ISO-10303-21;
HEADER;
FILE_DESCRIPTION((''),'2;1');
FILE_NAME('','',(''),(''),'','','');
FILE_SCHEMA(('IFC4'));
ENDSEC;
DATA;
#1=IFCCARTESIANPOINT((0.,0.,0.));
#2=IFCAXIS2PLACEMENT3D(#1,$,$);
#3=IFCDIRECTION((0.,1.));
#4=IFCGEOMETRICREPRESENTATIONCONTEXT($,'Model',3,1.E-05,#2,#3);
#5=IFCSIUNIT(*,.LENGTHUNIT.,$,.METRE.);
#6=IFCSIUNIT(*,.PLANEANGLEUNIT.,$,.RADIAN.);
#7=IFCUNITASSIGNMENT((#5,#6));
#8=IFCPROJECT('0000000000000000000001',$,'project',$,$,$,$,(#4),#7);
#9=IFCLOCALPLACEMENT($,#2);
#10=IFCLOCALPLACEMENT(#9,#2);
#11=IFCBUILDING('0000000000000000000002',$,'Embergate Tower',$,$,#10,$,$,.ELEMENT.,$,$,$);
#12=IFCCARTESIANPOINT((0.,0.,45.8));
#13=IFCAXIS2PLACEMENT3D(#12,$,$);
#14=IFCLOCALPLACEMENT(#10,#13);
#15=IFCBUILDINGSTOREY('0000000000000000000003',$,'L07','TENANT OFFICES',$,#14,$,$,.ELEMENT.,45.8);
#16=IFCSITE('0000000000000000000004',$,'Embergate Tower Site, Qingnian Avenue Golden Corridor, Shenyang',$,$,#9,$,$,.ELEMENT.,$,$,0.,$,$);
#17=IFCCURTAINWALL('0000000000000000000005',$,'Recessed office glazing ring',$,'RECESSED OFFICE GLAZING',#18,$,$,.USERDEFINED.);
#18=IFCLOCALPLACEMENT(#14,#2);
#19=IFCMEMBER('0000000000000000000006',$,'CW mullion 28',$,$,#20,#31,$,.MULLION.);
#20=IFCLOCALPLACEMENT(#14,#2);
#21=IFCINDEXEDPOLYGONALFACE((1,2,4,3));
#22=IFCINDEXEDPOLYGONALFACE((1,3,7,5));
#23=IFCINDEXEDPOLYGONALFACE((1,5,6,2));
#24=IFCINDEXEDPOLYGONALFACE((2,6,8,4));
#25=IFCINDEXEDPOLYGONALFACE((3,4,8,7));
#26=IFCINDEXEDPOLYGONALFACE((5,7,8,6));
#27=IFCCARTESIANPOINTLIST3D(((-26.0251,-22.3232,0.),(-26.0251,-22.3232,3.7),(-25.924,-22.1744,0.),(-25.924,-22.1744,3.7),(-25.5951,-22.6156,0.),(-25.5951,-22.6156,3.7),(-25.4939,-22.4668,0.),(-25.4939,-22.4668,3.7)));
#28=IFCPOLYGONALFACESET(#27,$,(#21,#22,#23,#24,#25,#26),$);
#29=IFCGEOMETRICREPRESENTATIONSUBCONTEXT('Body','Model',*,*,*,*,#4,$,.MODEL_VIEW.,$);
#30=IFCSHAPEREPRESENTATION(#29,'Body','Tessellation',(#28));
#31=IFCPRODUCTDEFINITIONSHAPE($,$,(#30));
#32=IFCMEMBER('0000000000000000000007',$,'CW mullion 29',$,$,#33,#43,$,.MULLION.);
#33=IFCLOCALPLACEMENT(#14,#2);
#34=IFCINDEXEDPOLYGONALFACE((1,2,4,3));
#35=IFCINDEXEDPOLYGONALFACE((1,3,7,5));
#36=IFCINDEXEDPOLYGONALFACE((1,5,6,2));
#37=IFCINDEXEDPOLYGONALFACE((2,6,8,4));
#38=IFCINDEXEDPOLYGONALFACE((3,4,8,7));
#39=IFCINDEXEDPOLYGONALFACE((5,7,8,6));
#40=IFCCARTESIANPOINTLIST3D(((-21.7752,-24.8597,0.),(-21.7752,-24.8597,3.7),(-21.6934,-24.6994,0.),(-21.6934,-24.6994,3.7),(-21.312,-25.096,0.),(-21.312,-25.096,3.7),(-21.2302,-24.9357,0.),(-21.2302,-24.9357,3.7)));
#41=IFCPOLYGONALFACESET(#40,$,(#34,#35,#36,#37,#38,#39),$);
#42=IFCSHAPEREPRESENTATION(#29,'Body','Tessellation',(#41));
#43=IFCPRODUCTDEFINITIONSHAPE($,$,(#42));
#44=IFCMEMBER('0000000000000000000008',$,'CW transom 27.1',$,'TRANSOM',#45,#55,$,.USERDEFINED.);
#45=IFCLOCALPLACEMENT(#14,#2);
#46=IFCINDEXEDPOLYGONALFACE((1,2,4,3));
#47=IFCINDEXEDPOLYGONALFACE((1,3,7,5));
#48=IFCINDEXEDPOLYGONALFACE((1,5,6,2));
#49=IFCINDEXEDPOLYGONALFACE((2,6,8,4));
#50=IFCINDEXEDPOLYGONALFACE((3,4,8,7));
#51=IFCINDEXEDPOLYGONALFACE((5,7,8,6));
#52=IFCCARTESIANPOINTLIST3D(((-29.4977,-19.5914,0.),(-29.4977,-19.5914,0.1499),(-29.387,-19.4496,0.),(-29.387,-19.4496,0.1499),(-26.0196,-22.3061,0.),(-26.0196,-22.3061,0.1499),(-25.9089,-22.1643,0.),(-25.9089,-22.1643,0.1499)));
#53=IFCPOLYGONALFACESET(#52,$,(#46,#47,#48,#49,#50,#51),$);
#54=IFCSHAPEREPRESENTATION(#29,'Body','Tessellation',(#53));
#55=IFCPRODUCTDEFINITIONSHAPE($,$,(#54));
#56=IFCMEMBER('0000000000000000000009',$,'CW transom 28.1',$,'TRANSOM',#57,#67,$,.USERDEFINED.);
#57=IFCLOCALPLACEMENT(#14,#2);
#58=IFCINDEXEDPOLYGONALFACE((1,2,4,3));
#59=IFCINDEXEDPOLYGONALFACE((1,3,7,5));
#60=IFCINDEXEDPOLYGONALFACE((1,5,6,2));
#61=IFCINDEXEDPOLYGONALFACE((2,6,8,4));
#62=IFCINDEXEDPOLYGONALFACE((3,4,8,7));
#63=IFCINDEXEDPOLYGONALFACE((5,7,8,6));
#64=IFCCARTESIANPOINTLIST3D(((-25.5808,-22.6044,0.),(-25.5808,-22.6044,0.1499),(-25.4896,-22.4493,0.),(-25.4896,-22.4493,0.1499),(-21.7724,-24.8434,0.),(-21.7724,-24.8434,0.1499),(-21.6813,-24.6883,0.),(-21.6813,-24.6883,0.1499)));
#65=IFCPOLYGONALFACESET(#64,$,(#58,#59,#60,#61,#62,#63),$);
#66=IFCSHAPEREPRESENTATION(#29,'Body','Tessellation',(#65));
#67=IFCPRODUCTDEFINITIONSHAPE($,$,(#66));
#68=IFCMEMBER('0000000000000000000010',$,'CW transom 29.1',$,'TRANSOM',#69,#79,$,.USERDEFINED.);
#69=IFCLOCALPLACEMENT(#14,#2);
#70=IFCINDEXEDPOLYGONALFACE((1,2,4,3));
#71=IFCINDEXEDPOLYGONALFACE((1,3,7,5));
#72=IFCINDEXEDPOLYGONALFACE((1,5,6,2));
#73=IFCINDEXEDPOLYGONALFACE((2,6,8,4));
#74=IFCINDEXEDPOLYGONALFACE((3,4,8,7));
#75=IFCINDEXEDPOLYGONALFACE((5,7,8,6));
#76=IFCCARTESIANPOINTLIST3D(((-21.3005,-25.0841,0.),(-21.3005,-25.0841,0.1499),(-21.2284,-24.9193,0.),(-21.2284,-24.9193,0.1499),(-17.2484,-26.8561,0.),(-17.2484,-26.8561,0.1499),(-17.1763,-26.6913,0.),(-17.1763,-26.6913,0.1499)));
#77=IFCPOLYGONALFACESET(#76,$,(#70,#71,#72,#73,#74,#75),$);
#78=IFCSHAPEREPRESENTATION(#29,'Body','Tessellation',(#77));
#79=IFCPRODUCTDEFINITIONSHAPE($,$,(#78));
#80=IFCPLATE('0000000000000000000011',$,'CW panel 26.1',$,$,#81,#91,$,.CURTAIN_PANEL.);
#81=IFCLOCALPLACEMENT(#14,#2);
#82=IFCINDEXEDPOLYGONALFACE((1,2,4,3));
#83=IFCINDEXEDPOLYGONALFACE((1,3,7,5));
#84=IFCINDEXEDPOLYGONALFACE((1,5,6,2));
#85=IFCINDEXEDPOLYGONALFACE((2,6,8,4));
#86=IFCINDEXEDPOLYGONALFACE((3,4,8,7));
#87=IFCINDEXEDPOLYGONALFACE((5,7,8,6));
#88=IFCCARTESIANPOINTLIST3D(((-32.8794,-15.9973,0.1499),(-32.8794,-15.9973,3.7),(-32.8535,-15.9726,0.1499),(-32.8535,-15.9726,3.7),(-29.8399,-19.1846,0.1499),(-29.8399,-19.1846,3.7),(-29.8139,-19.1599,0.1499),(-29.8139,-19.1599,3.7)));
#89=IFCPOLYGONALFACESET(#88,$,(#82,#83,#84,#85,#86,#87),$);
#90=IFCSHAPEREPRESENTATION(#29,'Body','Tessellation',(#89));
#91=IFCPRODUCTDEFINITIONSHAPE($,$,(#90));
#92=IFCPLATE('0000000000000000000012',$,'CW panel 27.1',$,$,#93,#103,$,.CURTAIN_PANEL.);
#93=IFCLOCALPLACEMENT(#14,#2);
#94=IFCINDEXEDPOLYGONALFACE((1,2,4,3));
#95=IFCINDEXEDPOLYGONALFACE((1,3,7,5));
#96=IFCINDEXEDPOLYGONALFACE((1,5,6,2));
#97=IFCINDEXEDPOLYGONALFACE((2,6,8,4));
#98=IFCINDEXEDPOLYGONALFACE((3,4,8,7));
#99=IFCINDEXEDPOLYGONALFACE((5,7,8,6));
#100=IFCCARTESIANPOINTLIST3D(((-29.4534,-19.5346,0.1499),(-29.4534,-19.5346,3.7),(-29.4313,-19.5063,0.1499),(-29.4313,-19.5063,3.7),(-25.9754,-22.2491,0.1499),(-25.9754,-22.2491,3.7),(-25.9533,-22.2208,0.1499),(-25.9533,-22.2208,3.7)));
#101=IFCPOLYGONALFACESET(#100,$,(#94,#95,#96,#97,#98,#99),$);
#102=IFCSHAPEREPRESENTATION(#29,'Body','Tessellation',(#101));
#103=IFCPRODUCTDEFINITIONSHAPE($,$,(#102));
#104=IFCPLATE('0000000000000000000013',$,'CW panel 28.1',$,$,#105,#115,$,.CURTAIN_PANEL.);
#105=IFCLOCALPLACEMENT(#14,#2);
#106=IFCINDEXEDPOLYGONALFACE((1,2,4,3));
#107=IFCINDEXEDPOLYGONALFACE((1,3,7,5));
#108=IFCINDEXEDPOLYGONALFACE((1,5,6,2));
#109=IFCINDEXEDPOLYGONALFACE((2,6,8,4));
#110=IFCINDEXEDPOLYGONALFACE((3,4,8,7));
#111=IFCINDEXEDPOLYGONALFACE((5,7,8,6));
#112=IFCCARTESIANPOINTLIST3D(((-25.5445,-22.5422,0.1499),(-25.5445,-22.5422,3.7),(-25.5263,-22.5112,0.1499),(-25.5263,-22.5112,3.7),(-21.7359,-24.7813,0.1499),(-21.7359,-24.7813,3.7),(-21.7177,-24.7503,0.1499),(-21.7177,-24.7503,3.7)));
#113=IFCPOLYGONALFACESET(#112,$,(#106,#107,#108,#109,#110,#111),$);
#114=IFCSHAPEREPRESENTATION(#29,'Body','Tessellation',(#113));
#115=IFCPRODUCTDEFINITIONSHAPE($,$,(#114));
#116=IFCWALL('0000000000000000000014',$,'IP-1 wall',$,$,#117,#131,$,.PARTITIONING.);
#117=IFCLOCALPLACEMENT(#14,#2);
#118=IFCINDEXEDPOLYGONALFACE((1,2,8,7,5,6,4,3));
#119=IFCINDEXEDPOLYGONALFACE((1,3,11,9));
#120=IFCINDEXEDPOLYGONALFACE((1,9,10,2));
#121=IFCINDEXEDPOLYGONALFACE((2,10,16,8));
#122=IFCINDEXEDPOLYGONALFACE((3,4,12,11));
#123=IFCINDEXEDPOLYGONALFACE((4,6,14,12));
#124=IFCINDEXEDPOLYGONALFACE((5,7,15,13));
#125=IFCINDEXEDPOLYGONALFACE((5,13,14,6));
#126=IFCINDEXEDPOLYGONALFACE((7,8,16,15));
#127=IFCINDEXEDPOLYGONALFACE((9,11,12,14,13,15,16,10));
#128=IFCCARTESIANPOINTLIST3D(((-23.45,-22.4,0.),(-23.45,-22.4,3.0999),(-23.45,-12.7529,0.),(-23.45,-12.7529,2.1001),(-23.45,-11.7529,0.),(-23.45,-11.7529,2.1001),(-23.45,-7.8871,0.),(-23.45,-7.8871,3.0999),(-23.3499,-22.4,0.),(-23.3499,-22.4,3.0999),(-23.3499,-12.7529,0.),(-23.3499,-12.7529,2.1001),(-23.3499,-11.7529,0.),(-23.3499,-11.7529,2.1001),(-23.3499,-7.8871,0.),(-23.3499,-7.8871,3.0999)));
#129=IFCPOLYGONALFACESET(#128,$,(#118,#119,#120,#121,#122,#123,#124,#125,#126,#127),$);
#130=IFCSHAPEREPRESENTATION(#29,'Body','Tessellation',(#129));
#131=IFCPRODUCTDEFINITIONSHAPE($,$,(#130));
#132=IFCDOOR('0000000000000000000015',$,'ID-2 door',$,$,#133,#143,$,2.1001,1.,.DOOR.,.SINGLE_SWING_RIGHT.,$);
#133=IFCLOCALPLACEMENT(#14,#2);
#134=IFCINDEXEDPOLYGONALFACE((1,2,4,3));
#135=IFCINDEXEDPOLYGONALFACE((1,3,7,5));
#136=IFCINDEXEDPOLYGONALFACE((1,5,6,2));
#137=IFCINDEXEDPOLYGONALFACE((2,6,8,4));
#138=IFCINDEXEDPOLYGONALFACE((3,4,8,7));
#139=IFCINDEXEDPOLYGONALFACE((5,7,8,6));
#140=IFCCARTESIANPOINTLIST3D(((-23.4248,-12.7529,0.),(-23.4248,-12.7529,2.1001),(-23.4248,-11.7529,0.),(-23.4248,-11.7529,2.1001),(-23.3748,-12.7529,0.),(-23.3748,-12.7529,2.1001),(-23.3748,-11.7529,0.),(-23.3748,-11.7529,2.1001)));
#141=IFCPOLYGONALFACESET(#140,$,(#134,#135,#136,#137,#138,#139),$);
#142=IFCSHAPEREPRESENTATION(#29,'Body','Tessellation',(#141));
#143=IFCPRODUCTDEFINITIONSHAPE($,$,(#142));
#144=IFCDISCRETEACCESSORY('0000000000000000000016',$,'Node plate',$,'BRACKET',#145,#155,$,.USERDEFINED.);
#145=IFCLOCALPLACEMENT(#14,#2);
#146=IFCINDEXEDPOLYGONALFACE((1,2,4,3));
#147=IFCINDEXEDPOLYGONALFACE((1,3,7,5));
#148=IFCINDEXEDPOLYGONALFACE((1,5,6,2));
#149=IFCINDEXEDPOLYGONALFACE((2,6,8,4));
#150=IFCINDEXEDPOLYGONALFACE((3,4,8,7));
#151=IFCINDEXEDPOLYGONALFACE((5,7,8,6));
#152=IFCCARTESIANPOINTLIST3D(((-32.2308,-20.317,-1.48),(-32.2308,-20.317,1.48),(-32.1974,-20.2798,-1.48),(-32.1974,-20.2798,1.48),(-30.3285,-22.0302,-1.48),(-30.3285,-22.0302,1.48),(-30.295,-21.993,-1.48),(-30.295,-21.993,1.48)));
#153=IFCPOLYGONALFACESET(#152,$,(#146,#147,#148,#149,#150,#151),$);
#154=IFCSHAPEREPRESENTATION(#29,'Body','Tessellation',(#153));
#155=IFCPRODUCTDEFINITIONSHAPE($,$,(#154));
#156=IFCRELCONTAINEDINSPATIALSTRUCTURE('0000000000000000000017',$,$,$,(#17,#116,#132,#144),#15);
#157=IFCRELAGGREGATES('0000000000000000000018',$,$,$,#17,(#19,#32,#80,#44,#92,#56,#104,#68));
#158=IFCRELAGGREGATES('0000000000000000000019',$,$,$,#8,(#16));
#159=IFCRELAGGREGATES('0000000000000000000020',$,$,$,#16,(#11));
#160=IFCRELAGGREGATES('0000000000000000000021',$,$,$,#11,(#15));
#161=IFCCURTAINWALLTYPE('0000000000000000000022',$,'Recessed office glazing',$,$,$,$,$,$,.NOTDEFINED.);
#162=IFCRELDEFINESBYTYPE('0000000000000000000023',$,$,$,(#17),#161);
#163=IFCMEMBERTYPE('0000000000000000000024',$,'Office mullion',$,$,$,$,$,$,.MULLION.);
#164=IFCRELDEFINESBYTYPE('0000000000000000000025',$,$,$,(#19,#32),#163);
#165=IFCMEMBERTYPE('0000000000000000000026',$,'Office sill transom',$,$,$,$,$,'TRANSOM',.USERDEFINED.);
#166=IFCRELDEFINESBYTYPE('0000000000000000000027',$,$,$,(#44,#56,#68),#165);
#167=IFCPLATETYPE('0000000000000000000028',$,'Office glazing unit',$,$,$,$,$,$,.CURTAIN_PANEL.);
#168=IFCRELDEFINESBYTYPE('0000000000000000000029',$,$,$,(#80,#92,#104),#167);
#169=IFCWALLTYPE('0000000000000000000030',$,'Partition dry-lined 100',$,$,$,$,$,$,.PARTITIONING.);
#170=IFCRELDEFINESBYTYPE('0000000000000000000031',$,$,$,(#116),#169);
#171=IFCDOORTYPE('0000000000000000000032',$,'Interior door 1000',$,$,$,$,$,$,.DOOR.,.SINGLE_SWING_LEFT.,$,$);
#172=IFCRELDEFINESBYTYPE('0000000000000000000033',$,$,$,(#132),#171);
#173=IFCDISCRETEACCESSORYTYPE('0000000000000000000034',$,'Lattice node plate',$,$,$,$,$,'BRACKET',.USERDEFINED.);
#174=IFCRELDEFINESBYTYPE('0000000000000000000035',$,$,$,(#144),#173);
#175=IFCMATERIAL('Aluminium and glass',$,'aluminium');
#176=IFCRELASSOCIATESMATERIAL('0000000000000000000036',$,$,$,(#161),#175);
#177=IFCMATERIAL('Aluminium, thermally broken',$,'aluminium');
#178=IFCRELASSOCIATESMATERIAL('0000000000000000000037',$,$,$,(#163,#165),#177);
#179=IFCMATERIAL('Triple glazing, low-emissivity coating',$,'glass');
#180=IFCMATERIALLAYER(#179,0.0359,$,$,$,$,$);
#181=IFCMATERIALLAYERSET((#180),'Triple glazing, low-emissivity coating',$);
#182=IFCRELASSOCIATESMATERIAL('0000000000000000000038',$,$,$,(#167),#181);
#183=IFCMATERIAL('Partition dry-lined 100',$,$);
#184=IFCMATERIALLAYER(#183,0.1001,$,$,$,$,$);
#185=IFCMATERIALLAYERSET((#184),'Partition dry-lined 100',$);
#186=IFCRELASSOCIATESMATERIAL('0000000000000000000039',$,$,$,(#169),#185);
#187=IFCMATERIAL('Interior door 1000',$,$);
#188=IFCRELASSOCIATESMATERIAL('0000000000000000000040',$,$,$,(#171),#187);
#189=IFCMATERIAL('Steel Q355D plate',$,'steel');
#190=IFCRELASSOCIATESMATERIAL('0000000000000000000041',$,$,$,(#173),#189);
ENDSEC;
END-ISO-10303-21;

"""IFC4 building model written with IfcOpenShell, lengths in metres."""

from ifc_helpers import new_model, si_unit, direction, frame, frame_2d, origin, origin_2d, place, context, subcontext, project, spatial, rectangle, extrude, source, transform, mapped, material, layer, layer_set, material_profile, profile_set, type_object, element, fill, aggregate, save


model = new_model("IFC4")

# Units and contexts
model_context = context("Model", 3, precision=1e-05, world=origin(), true_north=direction((0.0, 1.0)))
body_context = subcontext(model_context, "Body", "Model", "MODEL_VIEW")
ifc_project = project(units=[si_unit("LENGTHUNIT", "METRE"), si_unit("PLANEANGLEUNIT", "RADIAN")], contexts=[model_context])

# Site, building, storey
site_placement = place(None, origin())
site = spatial("IfcSite", under=ifc_project, at=site_placement, Name="Embergate Tower Site, Qingnian Avenue Golden Corridor, Shenyang", CompositionType="ELEMENT", RefElevation=0.0)
building_placement = place(site_placement, origin())
building = spatial("IfcBuilding", under=site, at=building_placement, Name="Embergate Tower", CompositionType="ELEMENT")
storey_placement = place(building_placement, frame((0.0, 0.0, 45.8)))
storey = spatial("IfcBuildingStorey", under=building, at=storey_placement, Name="L07", Description="TENANT OFFICES", CompositionType="ELEMENT", Elevation=45.8)

# Curtain wall, members, plates
ifc_material_1 = material(Name="Aluminium and glass", Category="aluminium")
curtain_wall_type = type_object("IfcCurtainWallType", Name="Recessed office glazing", PredefinedType="NOTDEFINED", material=ifc_material_1)
curtain_wall_placement = place(storey_placement, origin())
curtain_wall = element("IfcCurtainWall", 1, at=curtain_wall_placement, inside=storey, type_object=curtain_wall_type, Name="Recessed office glazing ring", ObjectType="RECESSED OFFICE GLAZING", PredefinedType="USERDEFINED")
ifc_material_2 = material(Name="Aluminium, thermally broken", Category="aluminium")
ifc_material_profile_1 = material_profile(ifc_material_2, rectangle(XDim=0.1799, YDim=0.52, at=origin_2d()), Name="AL 520x180")
ifc_profile_set_1 = profile_set([ifc_material_profile_1], Name="Aluminium, thermally broken")
member_type_1 = type_object("IfcMemberType", Name="Office mullion", PredefinedType="MULLION", material=ifc_profile_set_1)
shared_shape_1 = source(origin(), body_context, "Body", "SweptSolid", [
    extrude(rectangle(XDim=0.1799, YDim=0.52, at=origin_2d()), origin(), (0.0, 0.0, 1.0), 3.7),
])
member_1_placement = place(storey_placement, frame((-25.7595, -22.395, 0.0), z_axis=(0.0, 0.0, 1.0), x_axis=(0.562218, 0.826989, 0.0)))
member_1 = element("IfcMember", 2, at=member_1_placement, type_object=member_type_1, Name="CW mullion 28", PredefinedType="MULLION", context=body_context, shape_type="MappedRepresentation", body=[
    mapped(shared_shape_1, transform((0.0, 0.0, 0.0))),
])
member_2_placement = place(storey_placement, frame((-21.5027, -24.8977, 0.0), z_axis=(0.0, 0.0, 1.0), x_axis=(0.454511, 0.890741, 0.0)))
member_2 = element("IfcMember", 3, at=member_2_placement, type_object=member_type_1, Name="CW mullion 29", PredefinedType="MULLION", context=body_context, shape_type="MappedRepresentation", body=[
    mapped(shared_shape_1, transform((0.0, 0.0, 0.0))),
])
ifc_material_profile_2 = material_profile(ifc_material_2, rectangle(XDim=0.1799, YDim=0.1499, at=origin_2d()), Name="AL 150x180")
ifc_profile_set_2 = profile_set([ifc_material_profile_2], Name="Aluminium, thermally broken")
member_type_2 = type_object("IfcMemberType", Name="Office sill transom", ElementType="TRANSOM", PredefinedType="USERDEFINED", material=ifc_profile_set_2)
shared_shape_2 = source(origin(), body_context, "Body", "SweptSolid", [
    extrude(rectangle(XDim=0.1799, YDim=0.1499, at=origin_2d()), origin(), (0.0, 0.0, 1.0), 4.4121),
])
member_3_placement = place(storey_placement, frame((-29.4424, -19.5205, 0.075), z_axis=(0.788311, -0.615277, 0.0), x_axis=(0.615277, 0.788311, 0.0)))
member_3 = element("IfcMember", 4, at=member_3_placement, type_object=member_type_2, Name="CW transom 27.1", ObjectType="TRANSOM", PredefinedType="USERDEFINED", context=body_context, shape_type="MappedRepresentation", body=[
    mapped(shared_shape_2, transform((0.0, 0.0, 0.0))),
])
shared_shape_3 = source(origin(), body_context, "Body", "SweptSolid", [
    extrude(rectangle(XDim=0.1799, YDim=0.1499, at=origin_2d()), origin(), (0.0, 0.0, 1.0), 4.4177),
])
member_4_placement = place(storey_placement, frame((-25.5352, -22.5269, 0.075), z_axis=(0.862052, -0.50682, 0.0), x_axis=(0.50682, 0.862052, 0.0)))
member_4 = element("IfcMember", 5, at=member_4_placement, type_object=member_type_2, Name="CW transom 28.1", ObjectType="TRANSOM", PredefinedType="USERDEFINED", context=body_context, shape_type="MappedRepresentation", body=[
    mapped(shared_shape_3, transform((0.0, 0.0, 0.0))),
])
shared_shape_4 = source(origin(), body_context, "Body", "SweptSolid", [
    extrude(rectangle(XDim=0.1799, YDim=0.1499, at=origin_2d()), origin(), (0.0, 0.0, 1.0), 4.4226),
])
member_5_placement = place(storey_placement, frame((-21.2644, -25.0017, 0.075), z_axis=(0.916222, -0.400671, 0.0), x_axis=(0.400671, 0.916222, 0.0)))
member_5 = element("IfcMember", 6, at=member_5_placement, type_object=member_type_2, Name="CW transom 29.1", ObjectType="TRANSOM", PredefinedType="USERDEFINED", context=body_context, shape_type="MappedRepresentation", body=[
    mapped(shared_shape_4, transform((0.0, 0.0, 0.0))),
])
ifc_material_3 = material(Name="Triple glazing, low-emissivity coating", Category="glass")
ifc_layer_1 = layer(ifc_material_3, 0.0359)
ifc_layer_set_1 = layer_set([ifc_layer_1], Name="Triple glazing, low-emissivity coating")
plate_type = type_object("IfcPlateType", Name="Office glazing unit", PredefinedType="CURTAIN_PANEL", material=ifc_layer_set_1)
shared_shape_5 = source(origin(), body_context, "Body", "SweptSolid", [
    extrude(rectangle(XDim=4.4043, YDim=0.0359, at=origin_2d()), origin(), (0.0, 0.0, 1.0), 3.55),
])
plate_1_placement = place(storey_placement, frame((-31.3467, -17.5786, 0.1499), z_axis=(0.0, 0.0, 1.0), x_axis=(0.690135, -0.723681, 0.0)))
plate_1 = element("IfcPlate", 7, at=plate_1_placement, type_object=plate_type, Name="CW panel 26.1", PredefinedType="CURTAIN_PANEL", context=body_context, shape_type="MappedRepresentation", body=[
    mapped(shared_shape_5, transform((0.0, 0.0, 0.0))),
])
shared_shape_6 = source(origin(), body_context, "Body", "SweptSolid", [
    extrude(rectangle(XDim=4.4119, YDim=0.0359, at=origin_2d()), origin(), (0.0, 0.0, 1.0), 3.55),
])
plate_2_placement = place(storey_placement, frame((-27.7034, -20.8777, 0.1499), z_axis=(0.0, 0.0, 1.0), x_axis=(0.78832, -0.615265, 0.0)))
plate_2 = element("IfcPlate", 8, at=plate_2_placement, type_object=plate_type, Name="CW panel 27.1", PredefinedType="CURTAIN_PANEL", context=body_context, shape_type="MappedRepresentation", body=[
    mapped(shared_shape_6, transform((0.0, 0.0, 0.0))),
])
shared_shape_7 = source(origin(), body_context, "Body", "SweptSolid", [
    extrude(rectangle(XDim=4.418, YDim=0.0359, at=origin_2d()), origin(), (0.0, 0.0, 1.0), 3.55),
])
plate_3_placement = place(storey_placement, frame((-23.6311, -23.6462, 0.1499), z_axis=(0.0, 0.0, 1.0), x_axis=(0.862053, -0.506818, 0.0)))
plate_3 = element("IfcPlate", 9, at=plate_3_placement, type_object=plate_type, Name="CW panel 28.1", PredefinedType="CURTAIN_PANEL", context=body_context, shape_type="MappedRepresentation", body=[
    mapped(shared_shape_7, transform((0.0, 0.0, 0.0))),
])
aggregate(curtain_wall, [member_1, member_2, plate_1, member_3, plate_2, member_4, plate_3, member_5])

# Wall, opening, door
ifc_material_4 = material(Name="Partition dry-lined 100")
ifc_layer_2 = layer(ifc_material_4, 0.1001)
ifc_layer_set_2 = layer_set([ifc_layer_2], Name="Partition dry-lined 100")
wall_type = type_object("IfcWallType", Name="Partition dry-lined 100", PredefinedType="PARTITIONING", material=ifc_layer_set_2)
shared_shape_8 = source(origin(), body_context, "Body", "SweptSolid", [
    extrude(rectangle(XDim=14.5129, YDim=0.1001, at=frame_2d((7.2563, 0.0))), origin(), (0.0, 0.0, 1.0), 3.0999),
])
wall_placement = place(storey_placement, frame((-23.3999, -22.3999, 0.0), z_axis=(0.0, 0.0, 1.0), x_axis=(0.0, 1.0, 0.0)))
wall = element("IfcWall", 10, at=wall_placement, inside=storey, type_object=wall_type, Name="IP-1 wall", PredefinedType="PARTITIONING", context=body_context, shape_type="MappedRepresentation", body=[
    mapped(shared_shape_8, transform((0.0, 0.0, 0.0))),
])
shared_shape_9 = source(origin(), body_context, "Body", "SweptSolid", [
    extrude(rectangle(XDim=1.0, YDim=2.1001, at=frame_2d((0.5, 1.05))), frame((0.0, 0.0601, 0.0), z_axis=(0.0, -1.0, 0.0), x_axis=(1.0, 0.0, 0.0)), (0.0, 0.0, 1.0), 0.1201),
])
opening_placement = place(wall_placement, frame((9.647, 0.0, 0.0)))
opening = element("IfcOpeningElement", 11, at=opening_placement, cuts=wall, PredefinedType="OPENING", context=body_context, shape_type="MappedRepresentation", body=[
    mapped(shared_shape_9, transform((0.0, 0.0, 0.0))),
])
ifc_material_5 = material(Name="Interior door 1000")
door_type = type_object("IfcDoorType", Name="Interior door 1000", OperationType="SINGLE_SWING_LEFT", PredefinedType="DOOR", material=ifc_material_5)
shared_shape_10 = source(origin(), body_context, "Body", "SweptSolid", [
    extrude(rectangle(XDim=1.0, YDim=2.1001, at=frame_2d((0.5, 1.05))), frame((0.0, 0.0249, 0.0), z_axis=(0.0, -1.0, 0.0), x_axis=(1.0, 0.0, 0.0)), (0.0, 0.0, 1.0), 0.05),
])
door_placement = place(opening_placement, origin())
door = element("IfcDoor", 12, at=door_placement, inside=storey, type_object=door_type, Name="ID-2 door", OperationType="SINGLE_SWING_RIGHT", OverallHeight=2.1001, OverallWidth=1.0, PredefinedType="DOOR", context=body_context, shape_type="MappedRepresentation", body=[
    mapped(shared_shape_10, transform((0.0, 0.0, 0.0))),
])
fill(opening, door)

# Discrete accessory
ifc_material_6 = material(Name="Steel Q355D plate", Category="steel")
discrete_accessory_type = type_object("IfcDiscreteAccessoryType", Name="Lattice node plate", ElementType="BRACKET", PredefinedType="USERDEFINED", material=ifc_material_6)
shared_shape_11 = source(origin(), body_context, "Body", "SweptSolid", [
    extrude(rectangle(XDim=2.5601, YDim=0.05, at=origin_2d()), origin(), (0.0, 0.0, 1.0), 2.96),
])
discrete_accessory_placement = place(storey_placement, frame((-31.2629, -21.155, -1.48), z_axis=(0.0, 0.0, 1.0), x_axis=(0.743075, -0.669208, 0.0)))
element("IfcDiscreteAccessory", 13, at=discrete_accessory_placement, inside=storey, type_object=discrete_accessory_type, Name="Node plate", ObjectType="BRACKET", PredefinedType="USERDEFINED", context=body_context, shape_type="MappedRepresentation", body=[
    mapped(shared_shape_11, transform((0.0, 0.0, 0.0))),
])

save(model, "model.ifc")
